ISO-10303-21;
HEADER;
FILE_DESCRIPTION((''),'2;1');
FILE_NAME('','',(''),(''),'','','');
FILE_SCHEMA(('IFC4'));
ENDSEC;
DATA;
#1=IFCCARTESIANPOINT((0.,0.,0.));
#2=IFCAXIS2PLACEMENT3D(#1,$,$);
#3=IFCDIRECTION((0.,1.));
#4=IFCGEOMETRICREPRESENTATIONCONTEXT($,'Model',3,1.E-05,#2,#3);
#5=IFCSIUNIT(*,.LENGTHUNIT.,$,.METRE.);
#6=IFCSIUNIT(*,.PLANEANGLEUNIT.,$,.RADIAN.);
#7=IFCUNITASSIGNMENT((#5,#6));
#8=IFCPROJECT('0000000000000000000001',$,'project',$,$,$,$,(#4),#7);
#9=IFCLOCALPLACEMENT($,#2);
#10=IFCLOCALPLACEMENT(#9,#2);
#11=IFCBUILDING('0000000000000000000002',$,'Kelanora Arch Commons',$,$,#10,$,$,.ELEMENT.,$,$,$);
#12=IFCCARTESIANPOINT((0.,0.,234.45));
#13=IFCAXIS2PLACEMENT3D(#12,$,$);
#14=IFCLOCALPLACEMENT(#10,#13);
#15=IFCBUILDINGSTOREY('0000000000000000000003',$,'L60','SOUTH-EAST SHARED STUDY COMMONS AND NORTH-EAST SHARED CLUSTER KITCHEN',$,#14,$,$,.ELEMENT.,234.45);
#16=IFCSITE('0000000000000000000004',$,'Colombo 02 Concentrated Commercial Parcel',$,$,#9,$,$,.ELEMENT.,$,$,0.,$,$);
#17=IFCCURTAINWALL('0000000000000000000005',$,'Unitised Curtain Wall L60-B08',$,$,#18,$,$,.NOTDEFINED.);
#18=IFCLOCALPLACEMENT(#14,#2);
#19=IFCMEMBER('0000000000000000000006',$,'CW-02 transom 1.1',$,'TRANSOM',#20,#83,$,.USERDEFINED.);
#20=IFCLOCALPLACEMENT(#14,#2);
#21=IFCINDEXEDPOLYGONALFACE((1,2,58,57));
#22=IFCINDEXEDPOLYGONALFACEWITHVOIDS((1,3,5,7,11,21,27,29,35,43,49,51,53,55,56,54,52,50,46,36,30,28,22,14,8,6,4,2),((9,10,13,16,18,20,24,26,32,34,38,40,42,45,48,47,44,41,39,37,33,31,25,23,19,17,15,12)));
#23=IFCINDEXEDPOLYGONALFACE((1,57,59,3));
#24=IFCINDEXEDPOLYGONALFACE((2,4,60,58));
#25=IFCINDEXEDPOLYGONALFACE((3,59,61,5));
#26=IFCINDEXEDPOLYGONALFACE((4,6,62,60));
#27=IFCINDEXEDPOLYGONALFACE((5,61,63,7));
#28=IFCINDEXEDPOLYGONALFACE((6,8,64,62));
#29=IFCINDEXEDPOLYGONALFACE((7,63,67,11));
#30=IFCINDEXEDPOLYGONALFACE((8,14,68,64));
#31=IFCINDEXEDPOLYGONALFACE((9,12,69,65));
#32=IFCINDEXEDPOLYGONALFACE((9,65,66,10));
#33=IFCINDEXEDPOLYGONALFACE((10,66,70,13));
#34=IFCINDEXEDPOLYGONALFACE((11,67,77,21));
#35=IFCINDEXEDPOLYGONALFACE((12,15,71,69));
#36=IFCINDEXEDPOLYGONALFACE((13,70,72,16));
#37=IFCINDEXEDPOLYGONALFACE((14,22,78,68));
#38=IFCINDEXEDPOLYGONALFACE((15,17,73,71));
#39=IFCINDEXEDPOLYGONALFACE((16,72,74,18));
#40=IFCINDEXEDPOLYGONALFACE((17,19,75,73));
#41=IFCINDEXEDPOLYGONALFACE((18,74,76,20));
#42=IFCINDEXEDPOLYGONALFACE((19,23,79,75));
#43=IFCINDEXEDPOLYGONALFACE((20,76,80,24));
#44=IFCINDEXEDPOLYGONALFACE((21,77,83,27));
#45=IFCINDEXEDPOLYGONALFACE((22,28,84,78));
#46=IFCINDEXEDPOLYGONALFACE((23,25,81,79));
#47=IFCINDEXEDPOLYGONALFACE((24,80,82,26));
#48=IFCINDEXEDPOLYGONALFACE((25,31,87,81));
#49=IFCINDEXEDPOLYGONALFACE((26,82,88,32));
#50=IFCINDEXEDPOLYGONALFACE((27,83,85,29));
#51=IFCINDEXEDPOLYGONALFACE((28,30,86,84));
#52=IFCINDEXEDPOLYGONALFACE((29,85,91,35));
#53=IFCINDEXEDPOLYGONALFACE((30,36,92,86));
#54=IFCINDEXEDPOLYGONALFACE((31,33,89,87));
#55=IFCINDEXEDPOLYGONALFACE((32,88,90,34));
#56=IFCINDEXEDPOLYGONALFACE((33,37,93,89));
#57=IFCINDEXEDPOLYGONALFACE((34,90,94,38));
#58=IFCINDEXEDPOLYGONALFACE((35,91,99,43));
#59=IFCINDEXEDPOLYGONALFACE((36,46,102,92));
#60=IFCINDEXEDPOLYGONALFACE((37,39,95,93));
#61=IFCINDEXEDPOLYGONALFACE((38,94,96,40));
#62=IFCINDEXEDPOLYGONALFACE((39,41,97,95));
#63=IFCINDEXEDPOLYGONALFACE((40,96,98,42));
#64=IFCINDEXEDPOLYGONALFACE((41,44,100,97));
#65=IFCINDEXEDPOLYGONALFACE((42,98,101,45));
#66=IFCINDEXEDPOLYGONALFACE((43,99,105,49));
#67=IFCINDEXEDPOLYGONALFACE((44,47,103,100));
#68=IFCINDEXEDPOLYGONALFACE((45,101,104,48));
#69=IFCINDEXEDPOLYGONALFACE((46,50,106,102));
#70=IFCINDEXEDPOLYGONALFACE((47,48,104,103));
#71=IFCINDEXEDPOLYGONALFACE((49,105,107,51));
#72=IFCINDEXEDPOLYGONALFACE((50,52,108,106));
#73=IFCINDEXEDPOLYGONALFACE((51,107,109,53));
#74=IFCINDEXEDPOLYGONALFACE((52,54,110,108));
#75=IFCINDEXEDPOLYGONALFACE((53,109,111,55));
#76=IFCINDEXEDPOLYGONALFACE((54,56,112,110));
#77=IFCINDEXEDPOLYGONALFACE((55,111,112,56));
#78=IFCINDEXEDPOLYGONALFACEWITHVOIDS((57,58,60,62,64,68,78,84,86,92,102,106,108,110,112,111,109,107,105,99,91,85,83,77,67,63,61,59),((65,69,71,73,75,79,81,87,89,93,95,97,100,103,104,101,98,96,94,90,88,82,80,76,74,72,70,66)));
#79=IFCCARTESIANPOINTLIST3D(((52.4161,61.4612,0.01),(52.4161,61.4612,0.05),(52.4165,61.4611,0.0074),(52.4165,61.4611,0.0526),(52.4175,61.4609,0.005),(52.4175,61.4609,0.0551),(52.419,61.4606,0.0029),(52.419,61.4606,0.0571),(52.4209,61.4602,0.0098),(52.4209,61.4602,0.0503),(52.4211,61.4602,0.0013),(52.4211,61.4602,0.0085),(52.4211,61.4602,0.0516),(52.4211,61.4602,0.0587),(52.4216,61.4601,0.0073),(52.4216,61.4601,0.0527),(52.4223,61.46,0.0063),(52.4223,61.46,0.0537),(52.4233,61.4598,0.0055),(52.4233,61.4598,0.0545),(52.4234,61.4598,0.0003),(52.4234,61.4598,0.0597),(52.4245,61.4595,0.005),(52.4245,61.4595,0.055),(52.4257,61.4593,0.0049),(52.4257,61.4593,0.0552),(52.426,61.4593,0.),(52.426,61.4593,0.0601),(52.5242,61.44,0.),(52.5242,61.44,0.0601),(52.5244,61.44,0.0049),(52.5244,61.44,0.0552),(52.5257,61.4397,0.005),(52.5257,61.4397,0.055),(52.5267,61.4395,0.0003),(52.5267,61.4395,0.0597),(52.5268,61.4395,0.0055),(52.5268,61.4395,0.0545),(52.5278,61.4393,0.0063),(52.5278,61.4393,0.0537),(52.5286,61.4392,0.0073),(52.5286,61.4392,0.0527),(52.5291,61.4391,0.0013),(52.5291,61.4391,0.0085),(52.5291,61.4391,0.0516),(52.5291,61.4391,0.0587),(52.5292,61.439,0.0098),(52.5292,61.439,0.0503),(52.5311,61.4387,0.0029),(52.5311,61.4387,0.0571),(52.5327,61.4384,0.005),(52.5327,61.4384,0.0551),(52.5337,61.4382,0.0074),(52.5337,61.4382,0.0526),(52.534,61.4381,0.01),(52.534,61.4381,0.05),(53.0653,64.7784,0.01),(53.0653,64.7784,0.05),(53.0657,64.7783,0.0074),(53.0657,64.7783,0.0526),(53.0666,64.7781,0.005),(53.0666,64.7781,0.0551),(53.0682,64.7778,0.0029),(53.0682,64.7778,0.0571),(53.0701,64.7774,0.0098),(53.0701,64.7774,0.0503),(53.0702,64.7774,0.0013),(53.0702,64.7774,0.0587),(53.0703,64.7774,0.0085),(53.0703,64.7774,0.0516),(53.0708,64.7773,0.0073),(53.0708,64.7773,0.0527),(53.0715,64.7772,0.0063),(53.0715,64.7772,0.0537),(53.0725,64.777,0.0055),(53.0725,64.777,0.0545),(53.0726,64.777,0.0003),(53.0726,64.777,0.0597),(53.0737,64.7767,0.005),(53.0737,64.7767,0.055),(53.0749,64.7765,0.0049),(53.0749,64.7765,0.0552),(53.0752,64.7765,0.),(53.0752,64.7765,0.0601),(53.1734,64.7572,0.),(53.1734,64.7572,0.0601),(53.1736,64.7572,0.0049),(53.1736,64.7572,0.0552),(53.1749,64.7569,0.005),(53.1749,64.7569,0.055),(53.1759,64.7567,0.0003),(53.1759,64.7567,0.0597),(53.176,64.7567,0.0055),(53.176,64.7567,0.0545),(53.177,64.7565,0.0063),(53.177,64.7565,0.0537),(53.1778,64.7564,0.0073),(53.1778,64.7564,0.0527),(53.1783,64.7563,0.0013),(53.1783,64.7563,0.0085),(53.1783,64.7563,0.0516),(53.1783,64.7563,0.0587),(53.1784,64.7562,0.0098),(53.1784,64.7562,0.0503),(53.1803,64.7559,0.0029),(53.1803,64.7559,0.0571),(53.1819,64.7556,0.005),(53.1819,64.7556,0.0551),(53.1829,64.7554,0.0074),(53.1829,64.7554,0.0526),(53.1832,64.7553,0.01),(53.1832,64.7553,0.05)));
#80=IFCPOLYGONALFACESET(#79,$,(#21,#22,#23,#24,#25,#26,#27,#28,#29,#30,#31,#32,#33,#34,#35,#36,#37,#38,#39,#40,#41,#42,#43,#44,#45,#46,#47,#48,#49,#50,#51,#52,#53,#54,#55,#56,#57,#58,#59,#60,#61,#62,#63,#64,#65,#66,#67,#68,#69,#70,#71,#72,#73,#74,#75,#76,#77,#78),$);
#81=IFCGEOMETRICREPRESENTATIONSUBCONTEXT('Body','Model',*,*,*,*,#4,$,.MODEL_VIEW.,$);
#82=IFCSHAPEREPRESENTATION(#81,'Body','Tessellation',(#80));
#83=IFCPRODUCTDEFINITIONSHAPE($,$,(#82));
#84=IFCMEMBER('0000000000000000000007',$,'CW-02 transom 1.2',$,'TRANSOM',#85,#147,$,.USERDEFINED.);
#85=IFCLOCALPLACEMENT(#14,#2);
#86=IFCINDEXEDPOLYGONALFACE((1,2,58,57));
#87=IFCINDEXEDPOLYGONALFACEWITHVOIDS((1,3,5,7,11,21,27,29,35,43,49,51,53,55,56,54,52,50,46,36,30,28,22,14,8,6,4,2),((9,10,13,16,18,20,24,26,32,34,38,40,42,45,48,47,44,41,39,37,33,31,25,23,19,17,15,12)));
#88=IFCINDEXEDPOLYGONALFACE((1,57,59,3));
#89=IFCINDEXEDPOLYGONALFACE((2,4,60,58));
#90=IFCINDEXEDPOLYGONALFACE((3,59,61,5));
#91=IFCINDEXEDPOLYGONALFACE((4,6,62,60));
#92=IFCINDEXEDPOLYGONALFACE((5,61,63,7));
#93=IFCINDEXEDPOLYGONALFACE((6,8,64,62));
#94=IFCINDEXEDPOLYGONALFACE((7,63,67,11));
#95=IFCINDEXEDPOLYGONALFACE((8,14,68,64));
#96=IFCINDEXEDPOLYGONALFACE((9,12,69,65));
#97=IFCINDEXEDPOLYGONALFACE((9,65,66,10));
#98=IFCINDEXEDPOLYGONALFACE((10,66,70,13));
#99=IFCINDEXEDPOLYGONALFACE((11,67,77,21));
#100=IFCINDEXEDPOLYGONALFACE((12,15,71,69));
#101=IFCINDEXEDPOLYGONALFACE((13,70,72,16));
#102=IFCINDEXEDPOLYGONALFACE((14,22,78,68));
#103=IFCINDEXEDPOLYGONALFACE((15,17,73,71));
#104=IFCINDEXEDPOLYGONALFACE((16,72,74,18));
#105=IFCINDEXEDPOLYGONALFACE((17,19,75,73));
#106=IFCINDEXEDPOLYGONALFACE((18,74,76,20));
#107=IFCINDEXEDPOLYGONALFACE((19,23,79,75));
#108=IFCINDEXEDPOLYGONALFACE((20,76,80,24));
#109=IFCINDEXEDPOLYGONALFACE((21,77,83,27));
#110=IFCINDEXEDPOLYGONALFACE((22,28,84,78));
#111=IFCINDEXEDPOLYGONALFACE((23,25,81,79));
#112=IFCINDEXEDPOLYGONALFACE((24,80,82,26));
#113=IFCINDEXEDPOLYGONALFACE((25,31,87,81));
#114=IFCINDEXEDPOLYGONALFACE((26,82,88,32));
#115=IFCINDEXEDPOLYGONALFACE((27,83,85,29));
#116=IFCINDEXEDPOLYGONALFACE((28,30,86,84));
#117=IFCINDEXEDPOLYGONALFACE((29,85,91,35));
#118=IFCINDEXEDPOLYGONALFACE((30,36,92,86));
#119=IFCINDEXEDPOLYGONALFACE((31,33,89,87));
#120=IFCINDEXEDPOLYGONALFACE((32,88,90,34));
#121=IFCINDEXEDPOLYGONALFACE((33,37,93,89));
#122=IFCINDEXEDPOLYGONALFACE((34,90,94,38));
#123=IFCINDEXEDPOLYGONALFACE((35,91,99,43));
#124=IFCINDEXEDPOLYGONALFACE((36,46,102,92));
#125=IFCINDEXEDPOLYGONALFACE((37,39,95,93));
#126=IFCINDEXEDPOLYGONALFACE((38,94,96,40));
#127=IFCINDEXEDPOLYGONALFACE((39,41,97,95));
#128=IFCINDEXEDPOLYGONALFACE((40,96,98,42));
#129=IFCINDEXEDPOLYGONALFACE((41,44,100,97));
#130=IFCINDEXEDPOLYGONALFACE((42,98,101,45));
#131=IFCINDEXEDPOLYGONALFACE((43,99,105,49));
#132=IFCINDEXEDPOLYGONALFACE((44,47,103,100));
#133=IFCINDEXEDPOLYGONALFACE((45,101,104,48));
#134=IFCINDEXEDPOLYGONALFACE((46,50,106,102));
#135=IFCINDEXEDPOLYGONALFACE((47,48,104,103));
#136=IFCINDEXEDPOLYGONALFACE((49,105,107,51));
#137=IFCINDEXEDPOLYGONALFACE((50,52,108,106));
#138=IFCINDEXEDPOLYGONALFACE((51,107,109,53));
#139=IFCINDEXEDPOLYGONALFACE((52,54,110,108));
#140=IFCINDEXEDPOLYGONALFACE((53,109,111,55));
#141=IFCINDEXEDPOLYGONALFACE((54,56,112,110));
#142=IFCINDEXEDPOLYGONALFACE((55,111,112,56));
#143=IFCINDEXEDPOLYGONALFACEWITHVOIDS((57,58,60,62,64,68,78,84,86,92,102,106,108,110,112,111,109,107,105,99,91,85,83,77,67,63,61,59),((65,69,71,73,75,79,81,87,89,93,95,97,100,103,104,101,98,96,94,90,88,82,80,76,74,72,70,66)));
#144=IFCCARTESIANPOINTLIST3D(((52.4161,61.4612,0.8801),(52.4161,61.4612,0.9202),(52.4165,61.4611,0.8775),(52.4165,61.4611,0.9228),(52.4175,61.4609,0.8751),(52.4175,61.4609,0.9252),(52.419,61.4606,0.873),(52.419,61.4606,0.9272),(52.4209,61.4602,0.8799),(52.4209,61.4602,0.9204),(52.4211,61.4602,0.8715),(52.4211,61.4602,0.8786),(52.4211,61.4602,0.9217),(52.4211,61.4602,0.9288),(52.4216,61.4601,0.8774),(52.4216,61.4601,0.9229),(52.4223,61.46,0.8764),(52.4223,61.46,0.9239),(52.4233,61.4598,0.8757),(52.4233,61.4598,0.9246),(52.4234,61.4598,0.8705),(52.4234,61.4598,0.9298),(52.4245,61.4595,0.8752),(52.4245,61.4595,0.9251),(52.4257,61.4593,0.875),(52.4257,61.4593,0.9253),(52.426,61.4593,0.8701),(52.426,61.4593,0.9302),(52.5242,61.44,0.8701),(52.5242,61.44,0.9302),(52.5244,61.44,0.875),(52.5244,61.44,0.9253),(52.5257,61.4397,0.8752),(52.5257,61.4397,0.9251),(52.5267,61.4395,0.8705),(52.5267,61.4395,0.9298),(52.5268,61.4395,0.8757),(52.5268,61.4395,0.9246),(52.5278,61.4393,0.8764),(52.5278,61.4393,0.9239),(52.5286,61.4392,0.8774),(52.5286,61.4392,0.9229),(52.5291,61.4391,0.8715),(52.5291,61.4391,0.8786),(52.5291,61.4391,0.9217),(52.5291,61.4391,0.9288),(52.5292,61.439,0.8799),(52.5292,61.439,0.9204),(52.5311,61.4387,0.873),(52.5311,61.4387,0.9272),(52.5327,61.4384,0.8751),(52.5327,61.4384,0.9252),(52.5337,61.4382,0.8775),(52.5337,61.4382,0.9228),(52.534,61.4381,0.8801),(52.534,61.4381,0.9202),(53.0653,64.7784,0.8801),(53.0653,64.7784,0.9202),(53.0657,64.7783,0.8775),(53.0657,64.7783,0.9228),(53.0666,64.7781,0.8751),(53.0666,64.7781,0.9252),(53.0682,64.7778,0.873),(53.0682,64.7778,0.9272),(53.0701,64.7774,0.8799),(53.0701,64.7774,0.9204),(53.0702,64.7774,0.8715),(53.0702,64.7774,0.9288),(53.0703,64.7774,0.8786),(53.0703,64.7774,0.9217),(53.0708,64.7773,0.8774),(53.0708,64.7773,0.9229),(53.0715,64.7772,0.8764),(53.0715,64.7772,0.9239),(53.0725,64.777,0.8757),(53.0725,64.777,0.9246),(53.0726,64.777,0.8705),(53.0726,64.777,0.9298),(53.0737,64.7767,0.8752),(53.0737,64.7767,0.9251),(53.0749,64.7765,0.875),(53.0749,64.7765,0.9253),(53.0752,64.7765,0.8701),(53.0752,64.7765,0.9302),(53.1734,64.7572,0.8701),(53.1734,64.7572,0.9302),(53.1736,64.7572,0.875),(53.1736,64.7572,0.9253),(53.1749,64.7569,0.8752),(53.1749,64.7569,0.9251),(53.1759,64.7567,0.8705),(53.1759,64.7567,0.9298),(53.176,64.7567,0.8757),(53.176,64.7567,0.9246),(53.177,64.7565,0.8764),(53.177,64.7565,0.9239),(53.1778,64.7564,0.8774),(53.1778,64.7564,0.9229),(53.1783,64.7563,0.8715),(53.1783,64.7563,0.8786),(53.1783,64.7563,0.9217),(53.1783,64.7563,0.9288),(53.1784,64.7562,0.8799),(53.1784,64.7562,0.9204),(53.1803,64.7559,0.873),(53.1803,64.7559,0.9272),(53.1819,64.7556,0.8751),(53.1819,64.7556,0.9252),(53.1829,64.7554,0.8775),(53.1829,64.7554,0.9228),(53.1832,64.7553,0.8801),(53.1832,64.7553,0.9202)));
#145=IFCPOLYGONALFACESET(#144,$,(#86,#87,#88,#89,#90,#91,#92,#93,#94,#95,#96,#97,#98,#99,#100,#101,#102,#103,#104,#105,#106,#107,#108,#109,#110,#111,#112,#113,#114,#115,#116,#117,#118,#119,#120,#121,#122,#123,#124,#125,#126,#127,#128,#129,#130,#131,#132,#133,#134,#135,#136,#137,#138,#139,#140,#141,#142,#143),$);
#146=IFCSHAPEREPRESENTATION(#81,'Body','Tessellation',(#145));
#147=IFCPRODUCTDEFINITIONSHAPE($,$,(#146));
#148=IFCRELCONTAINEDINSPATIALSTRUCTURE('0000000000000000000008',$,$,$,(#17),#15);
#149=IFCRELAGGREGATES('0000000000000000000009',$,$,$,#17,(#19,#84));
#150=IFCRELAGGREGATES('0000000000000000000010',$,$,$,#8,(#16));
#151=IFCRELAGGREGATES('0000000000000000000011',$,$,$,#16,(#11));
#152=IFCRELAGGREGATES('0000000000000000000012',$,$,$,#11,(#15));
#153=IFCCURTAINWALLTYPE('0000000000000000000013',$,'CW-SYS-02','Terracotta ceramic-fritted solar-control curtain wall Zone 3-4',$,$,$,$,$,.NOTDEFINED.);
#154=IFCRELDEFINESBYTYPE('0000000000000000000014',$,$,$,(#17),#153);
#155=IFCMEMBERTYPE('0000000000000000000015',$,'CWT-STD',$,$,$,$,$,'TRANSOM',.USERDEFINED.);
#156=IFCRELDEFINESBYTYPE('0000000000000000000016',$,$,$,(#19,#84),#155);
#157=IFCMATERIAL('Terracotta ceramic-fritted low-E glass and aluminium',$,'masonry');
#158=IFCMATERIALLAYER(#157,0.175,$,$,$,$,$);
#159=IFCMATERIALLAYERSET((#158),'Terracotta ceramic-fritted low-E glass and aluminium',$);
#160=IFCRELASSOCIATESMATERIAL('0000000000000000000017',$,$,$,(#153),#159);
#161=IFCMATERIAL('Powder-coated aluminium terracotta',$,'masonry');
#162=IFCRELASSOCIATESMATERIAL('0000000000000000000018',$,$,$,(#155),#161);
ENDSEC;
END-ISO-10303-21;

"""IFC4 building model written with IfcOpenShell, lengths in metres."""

from ifc_helpers import new_model, si_unit, direction, frame, origin, origin_2d, place, context, subcontext, project, spatial, hollow_rectangle, extrude, material, layer, layer_set, material_profile, profile_set, type_object, element, aggregate, save


model = new_model("IFC4")

# Units and contexts
model_context = context("Model", 3, precision=1e-05, world=origin(), true_north=direction((0.0, 1.0)))
body_context = subcontext(model_context, "Body", "Model", "MODEL_VIEW")
ifc_project = project(units=[si_unit("LENGTHUNIT", "METRE"), si_unit("PLANEANGLEUNIT", "RADIAN")], contexts=[model_context])

# Site, building, storey
site_placement = place(None, origin())
site = spatial("IfcSite", under=ifc_project, at=site_placement, Name="Colombo 02 Concentrated Commercial Parcel", CompositionType="ELEMENT", RefElevation=0.0)
building_placement = place(site_placement, origin())
building = spatial("IfcBuilding", under=site, at=building_placement, Name="Kelanora Arch Commons", CompositionType="ELEMENT")
storey_placement = place(building_placement, frame((0.0, 0.0, 234.45)))
storey = spatial("IfcBuildingStorey", under=building, at=storey_placement, Name="L60", Description="SOUTH-EAST SHARED STUDY COMMONS AND NORTH-EAST SHARED CLUSTER KITCHEN", CompositionType="ELEMENT", Elevation=234.45)

# Curtain wall, members
ifc_material_1 = material(Name="Terracotta ceramic-fritted low-E glass and aluminium", Category="masonry")
ifc_layer_1 = layer(ifc_material_1, 0.175)
ifc_layer_set_1 = layer_set([ifc_layer_1], Name="Terracotta ceramic-fritted low-E glass and aluminium")
curtain_wall_type = type_object("IfcCurtainWallType", Name="CW-SYS-02", Description="Terracotta ceramic-fritted solar-control curtain wall Zone 3-4", PredefinedType="NOTDEFINED", material=ifc_layer_set_1)
curtain_wall_placement = place(storey_placement, origin())
curtain_wall = element("IfcCurtainWall", 1, at=curtain_wall_placement, inside=storey, type_object=curtain_wall_type, Name="Unitised Curtain Wall L60-B08", PredefinedType="NOTDEFINED")
ifc_material_2 = material(Name="Powder-coated aluminium terracotta", Category="masonry")
ifc_material_profile_1 = material_profile(ifc_material_2, hollow_rectangle(XDim=0.1201, YDim=0.0601, WallThickness=0.0049, InnerFilletRadius=0.0049, OuterFilletRadius=0.01, at=origin_2d()), Name="CWT120x60")
ifc_profile_set_1 = profile_set([ifc_material_profile_1], Name="Powder-coated aluminium terracotta")
member_type_1 = type_object("IfcMemberType", Name="CWT-STD", ElementType="TRANSOM", PredefinedType="USERDEFINED", material=ifc_profile_set_1)
member_1_placement = place(storey_placement, frame((53.1243, 64.7668, 0.03), z_axis=(-0.192058, -0.981383, 0.0), x_axis=(0.981383, -0.192058, 0.0)))
member_1 = element("IfcMember", 2, at=member_1_placement, type_object=member_type_1, Name="CW-02 transom 1.1", ObjectType="TRANSOM", PredefinedType="USERDEFINED", context=body_context, shape_type="SweptSolid", body=[
    extrude(hollow_rectangle(XDim=0.1201, YDim=0.0601, WallThickness=0.0049, InnerFilletRadius=0.0049, OuterFilletRadius=0.01, at=origin_2d()), origin(), (0.0, 0.0, 1.0), 3.3801),
])
member_2_placement = place(storey_placement, frame((53.1243, 64.7668, 0.9001), z_axis=(-0.192058, -0.981383, 0.0), x_axis=(0.981383, -0.192058, 0.0)))
member_2 = element("IfcMember", 3, at=member_2_placement, type_object=member_type_1, Name="CW-02 transom 1.2", ObjectType="TRANSOM", PredefinedType="USERDEFINED", context=body_context, shape_type="SweptSolid", body=[
    extrude(hollow_rectangle(XDim=0.1201, YDim=0.0601, WallThickness=0.0049, InnerFilletRadius=0.0049, OuterFilletRadius=0.01, at=origin_2d()), origin(), (0.0, 0.0, 1.0), 3.3801),
])
aggregate(curtain_wall, [member_1, member_2])

save(model, "model.ifc")
